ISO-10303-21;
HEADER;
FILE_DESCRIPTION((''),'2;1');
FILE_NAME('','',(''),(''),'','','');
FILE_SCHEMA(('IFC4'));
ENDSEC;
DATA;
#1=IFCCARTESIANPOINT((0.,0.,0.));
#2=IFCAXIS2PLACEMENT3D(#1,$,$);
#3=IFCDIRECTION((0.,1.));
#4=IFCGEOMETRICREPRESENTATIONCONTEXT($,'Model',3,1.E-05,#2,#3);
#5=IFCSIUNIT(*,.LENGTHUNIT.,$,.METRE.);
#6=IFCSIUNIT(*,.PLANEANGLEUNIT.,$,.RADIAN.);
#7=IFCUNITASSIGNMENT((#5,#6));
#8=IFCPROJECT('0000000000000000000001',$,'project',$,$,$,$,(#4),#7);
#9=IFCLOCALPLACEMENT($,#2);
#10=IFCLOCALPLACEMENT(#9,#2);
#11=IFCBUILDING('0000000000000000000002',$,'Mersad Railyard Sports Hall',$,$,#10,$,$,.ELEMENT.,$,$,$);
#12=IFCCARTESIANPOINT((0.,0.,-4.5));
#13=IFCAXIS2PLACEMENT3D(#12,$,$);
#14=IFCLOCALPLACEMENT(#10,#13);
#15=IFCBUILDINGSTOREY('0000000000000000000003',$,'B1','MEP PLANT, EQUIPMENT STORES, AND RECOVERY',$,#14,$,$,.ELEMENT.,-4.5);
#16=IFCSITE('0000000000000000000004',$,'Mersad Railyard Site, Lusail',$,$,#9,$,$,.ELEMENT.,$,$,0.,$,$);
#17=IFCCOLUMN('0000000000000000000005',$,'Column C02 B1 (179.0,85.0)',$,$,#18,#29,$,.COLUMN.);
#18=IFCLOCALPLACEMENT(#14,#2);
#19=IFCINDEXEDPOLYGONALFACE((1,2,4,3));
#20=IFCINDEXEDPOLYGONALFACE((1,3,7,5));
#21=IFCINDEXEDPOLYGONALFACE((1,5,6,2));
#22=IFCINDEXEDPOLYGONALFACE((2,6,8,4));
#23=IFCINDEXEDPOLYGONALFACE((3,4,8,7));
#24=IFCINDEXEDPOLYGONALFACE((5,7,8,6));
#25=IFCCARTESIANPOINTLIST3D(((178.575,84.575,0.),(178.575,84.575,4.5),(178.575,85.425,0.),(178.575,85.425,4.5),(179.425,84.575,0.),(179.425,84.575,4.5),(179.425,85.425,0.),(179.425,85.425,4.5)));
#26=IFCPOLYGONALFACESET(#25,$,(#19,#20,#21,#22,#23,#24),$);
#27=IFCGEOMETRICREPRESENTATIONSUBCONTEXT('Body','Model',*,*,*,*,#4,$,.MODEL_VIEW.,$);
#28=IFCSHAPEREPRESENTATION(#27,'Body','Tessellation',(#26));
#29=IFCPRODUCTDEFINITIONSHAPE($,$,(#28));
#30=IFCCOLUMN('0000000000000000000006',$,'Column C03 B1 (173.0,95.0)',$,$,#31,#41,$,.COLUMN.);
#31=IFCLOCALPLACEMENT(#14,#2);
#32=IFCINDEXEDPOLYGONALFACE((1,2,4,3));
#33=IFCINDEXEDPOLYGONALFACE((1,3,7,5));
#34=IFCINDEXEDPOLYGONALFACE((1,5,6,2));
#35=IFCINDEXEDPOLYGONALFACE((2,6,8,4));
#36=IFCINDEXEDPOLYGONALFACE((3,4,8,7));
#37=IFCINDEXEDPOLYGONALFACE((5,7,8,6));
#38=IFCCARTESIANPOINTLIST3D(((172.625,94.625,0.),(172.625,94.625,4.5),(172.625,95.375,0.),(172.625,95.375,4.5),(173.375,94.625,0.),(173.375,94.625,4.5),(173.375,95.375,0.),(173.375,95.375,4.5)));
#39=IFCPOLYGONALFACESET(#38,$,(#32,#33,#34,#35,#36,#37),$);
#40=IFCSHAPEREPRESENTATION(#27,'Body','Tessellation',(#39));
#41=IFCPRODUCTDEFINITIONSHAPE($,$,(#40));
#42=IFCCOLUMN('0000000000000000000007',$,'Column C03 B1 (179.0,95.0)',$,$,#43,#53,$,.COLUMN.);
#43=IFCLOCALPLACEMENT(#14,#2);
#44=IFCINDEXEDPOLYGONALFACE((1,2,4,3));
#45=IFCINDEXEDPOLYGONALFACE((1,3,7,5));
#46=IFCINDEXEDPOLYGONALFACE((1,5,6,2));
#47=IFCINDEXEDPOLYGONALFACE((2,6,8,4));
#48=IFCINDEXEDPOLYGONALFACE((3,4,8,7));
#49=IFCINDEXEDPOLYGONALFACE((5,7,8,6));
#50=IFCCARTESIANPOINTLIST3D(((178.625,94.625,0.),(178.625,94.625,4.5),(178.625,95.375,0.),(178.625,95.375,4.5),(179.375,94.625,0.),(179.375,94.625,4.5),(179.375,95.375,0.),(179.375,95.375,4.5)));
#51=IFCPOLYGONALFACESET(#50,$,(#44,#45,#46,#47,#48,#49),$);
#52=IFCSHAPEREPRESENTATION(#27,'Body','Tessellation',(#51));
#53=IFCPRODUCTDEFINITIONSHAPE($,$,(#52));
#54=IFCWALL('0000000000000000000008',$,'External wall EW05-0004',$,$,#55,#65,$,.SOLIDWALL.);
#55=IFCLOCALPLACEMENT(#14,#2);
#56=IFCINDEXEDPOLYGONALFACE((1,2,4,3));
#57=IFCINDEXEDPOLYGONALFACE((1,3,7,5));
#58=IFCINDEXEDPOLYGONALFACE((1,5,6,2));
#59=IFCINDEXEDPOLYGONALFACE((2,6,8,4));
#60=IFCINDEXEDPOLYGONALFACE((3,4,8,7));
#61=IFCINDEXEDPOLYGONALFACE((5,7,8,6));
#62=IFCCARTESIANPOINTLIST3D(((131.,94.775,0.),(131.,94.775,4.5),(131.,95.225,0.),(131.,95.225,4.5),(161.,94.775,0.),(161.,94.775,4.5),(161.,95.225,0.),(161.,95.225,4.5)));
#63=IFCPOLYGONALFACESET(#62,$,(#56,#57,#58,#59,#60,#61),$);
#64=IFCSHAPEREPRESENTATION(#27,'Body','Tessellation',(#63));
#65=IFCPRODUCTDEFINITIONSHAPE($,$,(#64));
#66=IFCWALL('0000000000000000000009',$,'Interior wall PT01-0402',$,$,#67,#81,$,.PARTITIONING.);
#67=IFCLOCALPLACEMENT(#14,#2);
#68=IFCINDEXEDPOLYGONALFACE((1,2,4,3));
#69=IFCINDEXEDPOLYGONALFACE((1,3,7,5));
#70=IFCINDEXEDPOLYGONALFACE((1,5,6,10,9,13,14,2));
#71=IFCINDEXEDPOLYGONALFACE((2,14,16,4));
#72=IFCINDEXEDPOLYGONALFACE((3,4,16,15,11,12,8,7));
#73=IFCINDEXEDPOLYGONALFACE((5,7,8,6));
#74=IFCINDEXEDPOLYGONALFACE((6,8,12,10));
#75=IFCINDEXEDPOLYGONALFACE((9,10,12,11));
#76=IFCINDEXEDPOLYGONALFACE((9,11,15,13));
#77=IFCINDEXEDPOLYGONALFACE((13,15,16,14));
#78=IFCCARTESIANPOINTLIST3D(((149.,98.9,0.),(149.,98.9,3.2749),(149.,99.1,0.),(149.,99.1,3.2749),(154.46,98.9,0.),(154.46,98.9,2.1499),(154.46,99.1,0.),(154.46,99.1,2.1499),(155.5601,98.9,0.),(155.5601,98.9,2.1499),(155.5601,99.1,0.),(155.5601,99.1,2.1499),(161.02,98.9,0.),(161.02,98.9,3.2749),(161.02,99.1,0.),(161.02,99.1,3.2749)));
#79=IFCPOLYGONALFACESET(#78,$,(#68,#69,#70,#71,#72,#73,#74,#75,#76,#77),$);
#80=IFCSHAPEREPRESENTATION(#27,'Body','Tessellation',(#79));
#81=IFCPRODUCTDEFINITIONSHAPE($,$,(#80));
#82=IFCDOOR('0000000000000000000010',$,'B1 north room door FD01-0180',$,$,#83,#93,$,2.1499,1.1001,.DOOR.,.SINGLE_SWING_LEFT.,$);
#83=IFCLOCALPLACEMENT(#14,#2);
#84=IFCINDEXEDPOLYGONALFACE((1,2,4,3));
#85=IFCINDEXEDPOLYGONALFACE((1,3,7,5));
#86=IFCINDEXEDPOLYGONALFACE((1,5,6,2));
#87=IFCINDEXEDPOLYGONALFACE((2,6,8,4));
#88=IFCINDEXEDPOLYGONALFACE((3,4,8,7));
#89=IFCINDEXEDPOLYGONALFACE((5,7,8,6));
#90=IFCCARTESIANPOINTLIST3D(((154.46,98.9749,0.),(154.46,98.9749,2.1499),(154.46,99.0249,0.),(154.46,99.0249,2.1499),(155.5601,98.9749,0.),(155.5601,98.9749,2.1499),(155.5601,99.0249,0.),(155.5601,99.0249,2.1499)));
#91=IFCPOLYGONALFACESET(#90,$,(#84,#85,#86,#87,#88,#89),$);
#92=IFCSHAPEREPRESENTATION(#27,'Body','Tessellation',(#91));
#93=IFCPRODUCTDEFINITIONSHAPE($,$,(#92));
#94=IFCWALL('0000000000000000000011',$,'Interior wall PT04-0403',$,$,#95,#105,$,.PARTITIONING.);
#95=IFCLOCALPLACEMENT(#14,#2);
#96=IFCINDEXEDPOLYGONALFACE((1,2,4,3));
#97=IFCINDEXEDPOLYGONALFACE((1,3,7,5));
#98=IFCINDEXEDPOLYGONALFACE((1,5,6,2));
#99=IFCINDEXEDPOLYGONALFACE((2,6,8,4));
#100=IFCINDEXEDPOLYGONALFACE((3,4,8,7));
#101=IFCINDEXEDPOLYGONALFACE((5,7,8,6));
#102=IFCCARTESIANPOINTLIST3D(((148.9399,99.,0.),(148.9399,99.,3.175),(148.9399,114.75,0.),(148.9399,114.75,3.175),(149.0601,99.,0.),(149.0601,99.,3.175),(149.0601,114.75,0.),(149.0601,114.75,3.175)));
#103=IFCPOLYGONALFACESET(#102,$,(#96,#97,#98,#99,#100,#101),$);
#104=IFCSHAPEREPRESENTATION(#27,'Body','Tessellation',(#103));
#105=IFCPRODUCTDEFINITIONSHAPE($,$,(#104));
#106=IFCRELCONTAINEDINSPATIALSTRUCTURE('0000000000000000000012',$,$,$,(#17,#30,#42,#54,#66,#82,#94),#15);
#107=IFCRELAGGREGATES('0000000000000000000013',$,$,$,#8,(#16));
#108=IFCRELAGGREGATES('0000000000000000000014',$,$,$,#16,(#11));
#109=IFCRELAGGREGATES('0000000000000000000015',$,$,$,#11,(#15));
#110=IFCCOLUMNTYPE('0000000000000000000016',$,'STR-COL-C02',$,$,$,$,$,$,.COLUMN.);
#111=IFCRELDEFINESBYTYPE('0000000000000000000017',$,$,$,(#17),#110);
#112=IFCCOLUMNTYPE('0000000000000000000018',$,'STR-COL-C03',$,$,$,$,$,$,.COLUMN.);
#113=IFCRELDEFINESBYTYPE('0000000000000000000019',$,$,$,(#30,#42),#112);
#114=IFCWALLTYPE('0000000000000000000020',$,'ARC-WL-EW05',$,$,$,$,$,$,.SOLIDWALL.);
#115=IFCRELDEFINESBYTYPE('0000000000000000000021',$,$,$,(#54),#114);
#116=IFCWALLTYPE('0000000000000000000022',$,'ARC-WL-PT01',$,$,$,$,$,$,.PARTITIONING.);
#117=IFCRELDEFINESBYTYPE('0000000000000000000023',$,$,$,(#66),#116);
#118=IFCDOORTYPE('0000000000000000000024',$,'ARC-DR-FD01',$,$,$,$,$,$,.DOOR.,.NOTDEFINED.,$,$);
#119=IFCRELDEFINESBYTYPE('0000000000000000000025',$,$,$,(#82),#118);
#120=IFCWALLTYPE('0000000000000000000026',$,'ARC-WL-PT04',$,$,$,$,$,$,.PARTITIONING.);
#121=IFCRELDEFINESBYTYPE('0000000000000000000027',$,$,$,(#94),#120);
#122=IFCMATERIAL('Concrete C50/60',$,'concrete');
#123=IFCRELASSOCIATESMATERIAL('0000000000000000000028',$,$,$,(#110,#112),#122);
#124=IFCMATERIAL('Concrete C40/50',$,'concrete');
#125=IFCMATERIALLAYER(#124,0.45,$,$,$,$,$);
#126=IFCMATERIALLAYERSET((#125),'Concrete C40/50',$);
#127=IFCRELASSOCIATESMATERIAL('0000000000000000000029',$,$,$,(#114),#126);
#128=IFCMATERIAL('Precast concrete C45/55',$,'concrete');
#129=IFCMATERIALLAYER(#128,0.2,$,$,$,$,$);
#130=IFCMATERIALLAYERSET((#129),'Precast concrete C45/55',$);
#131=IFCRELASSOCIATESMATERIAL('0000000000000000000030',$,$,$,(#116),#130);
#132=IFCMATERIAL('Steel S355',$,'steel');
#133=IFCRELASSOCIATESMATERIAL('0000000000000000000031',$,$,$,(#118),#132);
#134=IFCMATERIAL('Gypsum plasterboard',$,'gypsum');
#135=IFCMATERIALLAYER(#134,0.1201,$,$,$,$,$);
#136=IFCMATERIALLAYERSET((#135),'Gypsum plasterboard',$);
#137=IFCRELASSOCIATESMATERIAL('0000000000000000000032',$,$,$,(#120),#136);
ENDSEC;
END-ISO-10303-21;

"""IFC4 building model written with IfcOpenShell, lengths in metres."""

from ifc_helpers import new_model, si_unit, direction, frame, frame_2d, origin, origin_2d, place, context, subcontext, project, spatial, rectangle, extrude, material, layer, layer_set, material_profile, profile_set, type_object, element, fill, save


model = new_model("IFC4")

# Units and contexts
model_context = context("Model", 3, precision=1e-05, world=origin(), true_north=direction((0.0, 1.0)))
body_context = subcontext(model_context, "Body", "Model", "MODEL_VIEW")
ifc_project = project(units=[si_unit("LENGTHUNIT", "METRE"), si_unit("PLANEANGLEUNIT", "RADIAN")], contexts=[model_context])

# Site, building, storey
site_placement = place(None, origin())
site = spatial("IfcSite", under=ifc_project, at=site_placement, Name="Mersad Railyard Site, Lusail", CompositionType="ELEMENT", RefElevation=0.0)
building_placement = place(site_placement, origin())
building = spatial("IfcBuilding", under=site, at=building_placement, Name="Mersad Railyard Sports Hall", CompositionType="ELEMENT")
storey_placement = place(building_placement, frame((0.0, 0.0, -4.5)))
storey = spatial("IfcBuildingStorey", under=building, at=storey_placement, Name="B1", Description="MEP PLANT, EQUIPMENT STORES, AND RECOVERY", CompositionType="ELEMENT", Elevation=-4.5)

# Shared definitions
ifc_material_1 = material(Name="Concrete C40/50", Category="concrete")

# Columns
ifc_material_2 = material(Name="Concrete C50/60", Category="concrete")
ifc_material_profile_1 = material_profile(ifc_material_2, rectangle(XDim=0.8501, YDim=0.8501, at=origin_2d()), Name="RC 850x850")
ifc_profile_set_1 = profile_set([ifc_material_profile_1], Name="Concrete C50/60")
column_type_1 = type_object("IfcColumnType", Name="STR-COL-C02", PredefinedType="COLUMN", material=ifc_profile_set_1)
for number, where, z_axis, x_axis, name in (
    (1, (179.0, 85.0, 0.0), (0.0, 0.0, 1.0), (1.0, 0.0, 0.0), "Column C02 B1 (179.0,85.0)"),
):
    element("IfcColumn", number, at=place(storey_placement, frame(where, z_axis=z_axis, x_axis=x_axis)), inside=storey, type_object=column_type_1, Name=name, PredefinedType="COLUMN", context=body_context, shape_type="SweptSolid", body=[
        extrude(rectangle(XDim=0.8501, YDim=0.8501, at=origin_2d()), origin(), (0.0, 0.0, 1.0), 4.5),
    ])
ifc_material_profile_2 = material_profile(ifc_material_2, rectangle(XDim=0.75, YDim=0.75, at=origin_2d()), Name="RC 750x750")
ifc_profile_set_2 = profile_set([ifc_material_profile_2], Name="Concrete C50/60")
column_type_2 = type_object("IfcColumnType", Name="STR-COL-C03", PredefinedType="COLUMN", material=ifc_profile_set_2)
for number, where, z_axis, x_axis, name in (
    (2, (173.0, 95.0, 0.0), (0.0, 0.0, 1.0), (1.0, 0.0, 0.0), "Column C03 B1 (173.0,95.0)"),
    (3, (179.0, 95.0, 0.0), (0.0, 0.0, 1.0), (1.0, 0.0, 0.0), "Column C03 B1 (179.0,95.0)"),
):
    element("IfcColumn", number, at=place(storey_placement, frame(where, z_axis=z_axis, x_axis=x_axis)), inside=storey, type_object=column_type_2, Name=name, PredefinedType="COLUMN", context=body_context, shape_type="SweptSolid", body=[
        extrude(rectangle(XDim=0.75, YDim=0.75, at=origin_2d()), origin(), (0.0, 0.0, 1.0), 4.5),
    ])

# Wall
ifc_layer_1 = layer(ifc_material_1, 0.45)
ifc_layer_set_1 = layer_set([ifc_layer_1], Name="Concrete C40/50")
wall_type_1 = type_object("IfcWallType", Name="ARC-WL-EW05", PredefinedType="SOLIDWALL", material=ifc_layer_set_1)
wall_1_placement = place(storey_placement, frame((161.0, 95.0, 0.0), z_axis=(0.0, 0.0, 1.0), x_axis=(-1.0, 0.0, 0.0)))
element("IfcWall", 4, at=wall_1_placement, inside=storey, type_object=wall_type_1, Name="External wall EW05-0004", PredefinedType="SOLIDWALL", context=body_context, shape_type="SweptSolid", body=[
    extrude(rectangle(XDim=30.0, YDim=0.45, at=frame_2d((15.0, 0.0))), origin(), (0.0, 0.0, 1.0), 4.5),
])

# Wall, opening, door
ifc_material_3 = material(Name="Precast concrete C45/55", Category="concrete")
ifc_layer_2 = layer(ifc_material_3, 0.2)
ifc_layer_set_2 = layer_set([ifc_layer_2], Name="Precast concrete C45/55")
wall_type_2 = type_object("IfcWallType", Name="ARC-WL-PT01", PredefinedType="PARTITIONING", material=ifc_layer_set_2)
wall_2_placement = place(storey_placement, frame((149.0, 99.0, 0.0), z_axis=(0.0, 0.0, 1.0), x_axis=(1.0, 0.0, 0.0)))
wall_2 = element("IfcWall", 5, at=wall_2_placement, inside=storey, type_object=wall_type_2, Name="Interior wall PT01-0402", PredefinedType="PARTITIONING", context=body_context, shape_type="SweptSolid", body=[
    extrude(rectangle(XDim=12.02, YDim=0.2, at=frame_2d((6.01, 0.0))), origin(), (0.0, 0.0, 1.0), 3.2749),
])
opening_placement = place(wall_2_placement, frame((5.46, 0.0, 0.0)))
opening = element("IfcOpeningElement", 6, at=opening_placement, cuts=wall_2, PredefinedType="OPENING", context=body_context, shape_type="SweptSolid", body=[
    extrude(rectangle(XDim=1.1001, YDim=2.1499, at=frame_2d((0.55, 1.075))), frame((0.0, 0.1099, 0.0), z_axis=(0.0, -1.0, 0.0), x_axis=(1.0, 0.0, 0.0)), (0.0, 0.0, 1.0), 0.22),
])
ifc_material_4 = material(Name="Steel S355", Category="steel")
door_type = type_object("IfcDoorType", Name="ARC-DR-FD01", OperationType="NOTDEFINED", PredefinedType="DOOR", material=ifc_material_4)
door_placement = place(opening_placement, origin())
door = element("IfcDoor", 7, at=door_placement, inside=storey, type_object=door_type, Name="B1 north room door FD01-0180", OperationType="SINGLE_SWING_LEFT", OverallHeight=2.1499, OverallWidth=1.1001, PredefinedType="DOOR", context=body_context, shape_type="SweptSolid", body=[
    extrude(rectangle(XDim=1.1001, YDim=2.1499, at=frame_2d((0.55, 1.075))), frame((0.0, 0.0249, 0.0), z_axis=(0.0, -1.0, 0.0), x_axis=(1.0, 0.0, 0.0)), (0.0, 0.0, 1.0), 0.05),
])
fill(opening, door)

# Wall
ifc_material_5 = material(Name="Gypsum plasterboard", Category="gypsum")
ifc_layer_3 = layer(ifc_material_5, 0.1201)
ifc_layer_set_3 = layer_set([ifc_layer_3], Name="Gypsum plasterboard")
wall_type_3 = type_object("IfcWallType", Name="ARC-WL-PT04", PredefinedType="PARTITIONING", material=ifc_layer_set_3)
wall_3_placement = place(storey_placement, frame((149.0, 99.0, 0.0), z_axis=(0.0, 0.0, 1.0), x_axis=(0.0, 1.0, 0.0)))
element("IfcWall", 8, at=wall_3_placement, inside=storey, type_object=wall_type_3, Name="Interior wall PT04-0403", PredefinedType="PARTITIONING", context=body_context, shape_type="SweptSolid", body=[
    extrude(rectangle(XDim=15.75, YDim=0.1201, at=frame_2d((7.875, 0.0))), origin(), (0.0, 0.0, 1.0), 3.175),
])

save(model, "model.ifc")
